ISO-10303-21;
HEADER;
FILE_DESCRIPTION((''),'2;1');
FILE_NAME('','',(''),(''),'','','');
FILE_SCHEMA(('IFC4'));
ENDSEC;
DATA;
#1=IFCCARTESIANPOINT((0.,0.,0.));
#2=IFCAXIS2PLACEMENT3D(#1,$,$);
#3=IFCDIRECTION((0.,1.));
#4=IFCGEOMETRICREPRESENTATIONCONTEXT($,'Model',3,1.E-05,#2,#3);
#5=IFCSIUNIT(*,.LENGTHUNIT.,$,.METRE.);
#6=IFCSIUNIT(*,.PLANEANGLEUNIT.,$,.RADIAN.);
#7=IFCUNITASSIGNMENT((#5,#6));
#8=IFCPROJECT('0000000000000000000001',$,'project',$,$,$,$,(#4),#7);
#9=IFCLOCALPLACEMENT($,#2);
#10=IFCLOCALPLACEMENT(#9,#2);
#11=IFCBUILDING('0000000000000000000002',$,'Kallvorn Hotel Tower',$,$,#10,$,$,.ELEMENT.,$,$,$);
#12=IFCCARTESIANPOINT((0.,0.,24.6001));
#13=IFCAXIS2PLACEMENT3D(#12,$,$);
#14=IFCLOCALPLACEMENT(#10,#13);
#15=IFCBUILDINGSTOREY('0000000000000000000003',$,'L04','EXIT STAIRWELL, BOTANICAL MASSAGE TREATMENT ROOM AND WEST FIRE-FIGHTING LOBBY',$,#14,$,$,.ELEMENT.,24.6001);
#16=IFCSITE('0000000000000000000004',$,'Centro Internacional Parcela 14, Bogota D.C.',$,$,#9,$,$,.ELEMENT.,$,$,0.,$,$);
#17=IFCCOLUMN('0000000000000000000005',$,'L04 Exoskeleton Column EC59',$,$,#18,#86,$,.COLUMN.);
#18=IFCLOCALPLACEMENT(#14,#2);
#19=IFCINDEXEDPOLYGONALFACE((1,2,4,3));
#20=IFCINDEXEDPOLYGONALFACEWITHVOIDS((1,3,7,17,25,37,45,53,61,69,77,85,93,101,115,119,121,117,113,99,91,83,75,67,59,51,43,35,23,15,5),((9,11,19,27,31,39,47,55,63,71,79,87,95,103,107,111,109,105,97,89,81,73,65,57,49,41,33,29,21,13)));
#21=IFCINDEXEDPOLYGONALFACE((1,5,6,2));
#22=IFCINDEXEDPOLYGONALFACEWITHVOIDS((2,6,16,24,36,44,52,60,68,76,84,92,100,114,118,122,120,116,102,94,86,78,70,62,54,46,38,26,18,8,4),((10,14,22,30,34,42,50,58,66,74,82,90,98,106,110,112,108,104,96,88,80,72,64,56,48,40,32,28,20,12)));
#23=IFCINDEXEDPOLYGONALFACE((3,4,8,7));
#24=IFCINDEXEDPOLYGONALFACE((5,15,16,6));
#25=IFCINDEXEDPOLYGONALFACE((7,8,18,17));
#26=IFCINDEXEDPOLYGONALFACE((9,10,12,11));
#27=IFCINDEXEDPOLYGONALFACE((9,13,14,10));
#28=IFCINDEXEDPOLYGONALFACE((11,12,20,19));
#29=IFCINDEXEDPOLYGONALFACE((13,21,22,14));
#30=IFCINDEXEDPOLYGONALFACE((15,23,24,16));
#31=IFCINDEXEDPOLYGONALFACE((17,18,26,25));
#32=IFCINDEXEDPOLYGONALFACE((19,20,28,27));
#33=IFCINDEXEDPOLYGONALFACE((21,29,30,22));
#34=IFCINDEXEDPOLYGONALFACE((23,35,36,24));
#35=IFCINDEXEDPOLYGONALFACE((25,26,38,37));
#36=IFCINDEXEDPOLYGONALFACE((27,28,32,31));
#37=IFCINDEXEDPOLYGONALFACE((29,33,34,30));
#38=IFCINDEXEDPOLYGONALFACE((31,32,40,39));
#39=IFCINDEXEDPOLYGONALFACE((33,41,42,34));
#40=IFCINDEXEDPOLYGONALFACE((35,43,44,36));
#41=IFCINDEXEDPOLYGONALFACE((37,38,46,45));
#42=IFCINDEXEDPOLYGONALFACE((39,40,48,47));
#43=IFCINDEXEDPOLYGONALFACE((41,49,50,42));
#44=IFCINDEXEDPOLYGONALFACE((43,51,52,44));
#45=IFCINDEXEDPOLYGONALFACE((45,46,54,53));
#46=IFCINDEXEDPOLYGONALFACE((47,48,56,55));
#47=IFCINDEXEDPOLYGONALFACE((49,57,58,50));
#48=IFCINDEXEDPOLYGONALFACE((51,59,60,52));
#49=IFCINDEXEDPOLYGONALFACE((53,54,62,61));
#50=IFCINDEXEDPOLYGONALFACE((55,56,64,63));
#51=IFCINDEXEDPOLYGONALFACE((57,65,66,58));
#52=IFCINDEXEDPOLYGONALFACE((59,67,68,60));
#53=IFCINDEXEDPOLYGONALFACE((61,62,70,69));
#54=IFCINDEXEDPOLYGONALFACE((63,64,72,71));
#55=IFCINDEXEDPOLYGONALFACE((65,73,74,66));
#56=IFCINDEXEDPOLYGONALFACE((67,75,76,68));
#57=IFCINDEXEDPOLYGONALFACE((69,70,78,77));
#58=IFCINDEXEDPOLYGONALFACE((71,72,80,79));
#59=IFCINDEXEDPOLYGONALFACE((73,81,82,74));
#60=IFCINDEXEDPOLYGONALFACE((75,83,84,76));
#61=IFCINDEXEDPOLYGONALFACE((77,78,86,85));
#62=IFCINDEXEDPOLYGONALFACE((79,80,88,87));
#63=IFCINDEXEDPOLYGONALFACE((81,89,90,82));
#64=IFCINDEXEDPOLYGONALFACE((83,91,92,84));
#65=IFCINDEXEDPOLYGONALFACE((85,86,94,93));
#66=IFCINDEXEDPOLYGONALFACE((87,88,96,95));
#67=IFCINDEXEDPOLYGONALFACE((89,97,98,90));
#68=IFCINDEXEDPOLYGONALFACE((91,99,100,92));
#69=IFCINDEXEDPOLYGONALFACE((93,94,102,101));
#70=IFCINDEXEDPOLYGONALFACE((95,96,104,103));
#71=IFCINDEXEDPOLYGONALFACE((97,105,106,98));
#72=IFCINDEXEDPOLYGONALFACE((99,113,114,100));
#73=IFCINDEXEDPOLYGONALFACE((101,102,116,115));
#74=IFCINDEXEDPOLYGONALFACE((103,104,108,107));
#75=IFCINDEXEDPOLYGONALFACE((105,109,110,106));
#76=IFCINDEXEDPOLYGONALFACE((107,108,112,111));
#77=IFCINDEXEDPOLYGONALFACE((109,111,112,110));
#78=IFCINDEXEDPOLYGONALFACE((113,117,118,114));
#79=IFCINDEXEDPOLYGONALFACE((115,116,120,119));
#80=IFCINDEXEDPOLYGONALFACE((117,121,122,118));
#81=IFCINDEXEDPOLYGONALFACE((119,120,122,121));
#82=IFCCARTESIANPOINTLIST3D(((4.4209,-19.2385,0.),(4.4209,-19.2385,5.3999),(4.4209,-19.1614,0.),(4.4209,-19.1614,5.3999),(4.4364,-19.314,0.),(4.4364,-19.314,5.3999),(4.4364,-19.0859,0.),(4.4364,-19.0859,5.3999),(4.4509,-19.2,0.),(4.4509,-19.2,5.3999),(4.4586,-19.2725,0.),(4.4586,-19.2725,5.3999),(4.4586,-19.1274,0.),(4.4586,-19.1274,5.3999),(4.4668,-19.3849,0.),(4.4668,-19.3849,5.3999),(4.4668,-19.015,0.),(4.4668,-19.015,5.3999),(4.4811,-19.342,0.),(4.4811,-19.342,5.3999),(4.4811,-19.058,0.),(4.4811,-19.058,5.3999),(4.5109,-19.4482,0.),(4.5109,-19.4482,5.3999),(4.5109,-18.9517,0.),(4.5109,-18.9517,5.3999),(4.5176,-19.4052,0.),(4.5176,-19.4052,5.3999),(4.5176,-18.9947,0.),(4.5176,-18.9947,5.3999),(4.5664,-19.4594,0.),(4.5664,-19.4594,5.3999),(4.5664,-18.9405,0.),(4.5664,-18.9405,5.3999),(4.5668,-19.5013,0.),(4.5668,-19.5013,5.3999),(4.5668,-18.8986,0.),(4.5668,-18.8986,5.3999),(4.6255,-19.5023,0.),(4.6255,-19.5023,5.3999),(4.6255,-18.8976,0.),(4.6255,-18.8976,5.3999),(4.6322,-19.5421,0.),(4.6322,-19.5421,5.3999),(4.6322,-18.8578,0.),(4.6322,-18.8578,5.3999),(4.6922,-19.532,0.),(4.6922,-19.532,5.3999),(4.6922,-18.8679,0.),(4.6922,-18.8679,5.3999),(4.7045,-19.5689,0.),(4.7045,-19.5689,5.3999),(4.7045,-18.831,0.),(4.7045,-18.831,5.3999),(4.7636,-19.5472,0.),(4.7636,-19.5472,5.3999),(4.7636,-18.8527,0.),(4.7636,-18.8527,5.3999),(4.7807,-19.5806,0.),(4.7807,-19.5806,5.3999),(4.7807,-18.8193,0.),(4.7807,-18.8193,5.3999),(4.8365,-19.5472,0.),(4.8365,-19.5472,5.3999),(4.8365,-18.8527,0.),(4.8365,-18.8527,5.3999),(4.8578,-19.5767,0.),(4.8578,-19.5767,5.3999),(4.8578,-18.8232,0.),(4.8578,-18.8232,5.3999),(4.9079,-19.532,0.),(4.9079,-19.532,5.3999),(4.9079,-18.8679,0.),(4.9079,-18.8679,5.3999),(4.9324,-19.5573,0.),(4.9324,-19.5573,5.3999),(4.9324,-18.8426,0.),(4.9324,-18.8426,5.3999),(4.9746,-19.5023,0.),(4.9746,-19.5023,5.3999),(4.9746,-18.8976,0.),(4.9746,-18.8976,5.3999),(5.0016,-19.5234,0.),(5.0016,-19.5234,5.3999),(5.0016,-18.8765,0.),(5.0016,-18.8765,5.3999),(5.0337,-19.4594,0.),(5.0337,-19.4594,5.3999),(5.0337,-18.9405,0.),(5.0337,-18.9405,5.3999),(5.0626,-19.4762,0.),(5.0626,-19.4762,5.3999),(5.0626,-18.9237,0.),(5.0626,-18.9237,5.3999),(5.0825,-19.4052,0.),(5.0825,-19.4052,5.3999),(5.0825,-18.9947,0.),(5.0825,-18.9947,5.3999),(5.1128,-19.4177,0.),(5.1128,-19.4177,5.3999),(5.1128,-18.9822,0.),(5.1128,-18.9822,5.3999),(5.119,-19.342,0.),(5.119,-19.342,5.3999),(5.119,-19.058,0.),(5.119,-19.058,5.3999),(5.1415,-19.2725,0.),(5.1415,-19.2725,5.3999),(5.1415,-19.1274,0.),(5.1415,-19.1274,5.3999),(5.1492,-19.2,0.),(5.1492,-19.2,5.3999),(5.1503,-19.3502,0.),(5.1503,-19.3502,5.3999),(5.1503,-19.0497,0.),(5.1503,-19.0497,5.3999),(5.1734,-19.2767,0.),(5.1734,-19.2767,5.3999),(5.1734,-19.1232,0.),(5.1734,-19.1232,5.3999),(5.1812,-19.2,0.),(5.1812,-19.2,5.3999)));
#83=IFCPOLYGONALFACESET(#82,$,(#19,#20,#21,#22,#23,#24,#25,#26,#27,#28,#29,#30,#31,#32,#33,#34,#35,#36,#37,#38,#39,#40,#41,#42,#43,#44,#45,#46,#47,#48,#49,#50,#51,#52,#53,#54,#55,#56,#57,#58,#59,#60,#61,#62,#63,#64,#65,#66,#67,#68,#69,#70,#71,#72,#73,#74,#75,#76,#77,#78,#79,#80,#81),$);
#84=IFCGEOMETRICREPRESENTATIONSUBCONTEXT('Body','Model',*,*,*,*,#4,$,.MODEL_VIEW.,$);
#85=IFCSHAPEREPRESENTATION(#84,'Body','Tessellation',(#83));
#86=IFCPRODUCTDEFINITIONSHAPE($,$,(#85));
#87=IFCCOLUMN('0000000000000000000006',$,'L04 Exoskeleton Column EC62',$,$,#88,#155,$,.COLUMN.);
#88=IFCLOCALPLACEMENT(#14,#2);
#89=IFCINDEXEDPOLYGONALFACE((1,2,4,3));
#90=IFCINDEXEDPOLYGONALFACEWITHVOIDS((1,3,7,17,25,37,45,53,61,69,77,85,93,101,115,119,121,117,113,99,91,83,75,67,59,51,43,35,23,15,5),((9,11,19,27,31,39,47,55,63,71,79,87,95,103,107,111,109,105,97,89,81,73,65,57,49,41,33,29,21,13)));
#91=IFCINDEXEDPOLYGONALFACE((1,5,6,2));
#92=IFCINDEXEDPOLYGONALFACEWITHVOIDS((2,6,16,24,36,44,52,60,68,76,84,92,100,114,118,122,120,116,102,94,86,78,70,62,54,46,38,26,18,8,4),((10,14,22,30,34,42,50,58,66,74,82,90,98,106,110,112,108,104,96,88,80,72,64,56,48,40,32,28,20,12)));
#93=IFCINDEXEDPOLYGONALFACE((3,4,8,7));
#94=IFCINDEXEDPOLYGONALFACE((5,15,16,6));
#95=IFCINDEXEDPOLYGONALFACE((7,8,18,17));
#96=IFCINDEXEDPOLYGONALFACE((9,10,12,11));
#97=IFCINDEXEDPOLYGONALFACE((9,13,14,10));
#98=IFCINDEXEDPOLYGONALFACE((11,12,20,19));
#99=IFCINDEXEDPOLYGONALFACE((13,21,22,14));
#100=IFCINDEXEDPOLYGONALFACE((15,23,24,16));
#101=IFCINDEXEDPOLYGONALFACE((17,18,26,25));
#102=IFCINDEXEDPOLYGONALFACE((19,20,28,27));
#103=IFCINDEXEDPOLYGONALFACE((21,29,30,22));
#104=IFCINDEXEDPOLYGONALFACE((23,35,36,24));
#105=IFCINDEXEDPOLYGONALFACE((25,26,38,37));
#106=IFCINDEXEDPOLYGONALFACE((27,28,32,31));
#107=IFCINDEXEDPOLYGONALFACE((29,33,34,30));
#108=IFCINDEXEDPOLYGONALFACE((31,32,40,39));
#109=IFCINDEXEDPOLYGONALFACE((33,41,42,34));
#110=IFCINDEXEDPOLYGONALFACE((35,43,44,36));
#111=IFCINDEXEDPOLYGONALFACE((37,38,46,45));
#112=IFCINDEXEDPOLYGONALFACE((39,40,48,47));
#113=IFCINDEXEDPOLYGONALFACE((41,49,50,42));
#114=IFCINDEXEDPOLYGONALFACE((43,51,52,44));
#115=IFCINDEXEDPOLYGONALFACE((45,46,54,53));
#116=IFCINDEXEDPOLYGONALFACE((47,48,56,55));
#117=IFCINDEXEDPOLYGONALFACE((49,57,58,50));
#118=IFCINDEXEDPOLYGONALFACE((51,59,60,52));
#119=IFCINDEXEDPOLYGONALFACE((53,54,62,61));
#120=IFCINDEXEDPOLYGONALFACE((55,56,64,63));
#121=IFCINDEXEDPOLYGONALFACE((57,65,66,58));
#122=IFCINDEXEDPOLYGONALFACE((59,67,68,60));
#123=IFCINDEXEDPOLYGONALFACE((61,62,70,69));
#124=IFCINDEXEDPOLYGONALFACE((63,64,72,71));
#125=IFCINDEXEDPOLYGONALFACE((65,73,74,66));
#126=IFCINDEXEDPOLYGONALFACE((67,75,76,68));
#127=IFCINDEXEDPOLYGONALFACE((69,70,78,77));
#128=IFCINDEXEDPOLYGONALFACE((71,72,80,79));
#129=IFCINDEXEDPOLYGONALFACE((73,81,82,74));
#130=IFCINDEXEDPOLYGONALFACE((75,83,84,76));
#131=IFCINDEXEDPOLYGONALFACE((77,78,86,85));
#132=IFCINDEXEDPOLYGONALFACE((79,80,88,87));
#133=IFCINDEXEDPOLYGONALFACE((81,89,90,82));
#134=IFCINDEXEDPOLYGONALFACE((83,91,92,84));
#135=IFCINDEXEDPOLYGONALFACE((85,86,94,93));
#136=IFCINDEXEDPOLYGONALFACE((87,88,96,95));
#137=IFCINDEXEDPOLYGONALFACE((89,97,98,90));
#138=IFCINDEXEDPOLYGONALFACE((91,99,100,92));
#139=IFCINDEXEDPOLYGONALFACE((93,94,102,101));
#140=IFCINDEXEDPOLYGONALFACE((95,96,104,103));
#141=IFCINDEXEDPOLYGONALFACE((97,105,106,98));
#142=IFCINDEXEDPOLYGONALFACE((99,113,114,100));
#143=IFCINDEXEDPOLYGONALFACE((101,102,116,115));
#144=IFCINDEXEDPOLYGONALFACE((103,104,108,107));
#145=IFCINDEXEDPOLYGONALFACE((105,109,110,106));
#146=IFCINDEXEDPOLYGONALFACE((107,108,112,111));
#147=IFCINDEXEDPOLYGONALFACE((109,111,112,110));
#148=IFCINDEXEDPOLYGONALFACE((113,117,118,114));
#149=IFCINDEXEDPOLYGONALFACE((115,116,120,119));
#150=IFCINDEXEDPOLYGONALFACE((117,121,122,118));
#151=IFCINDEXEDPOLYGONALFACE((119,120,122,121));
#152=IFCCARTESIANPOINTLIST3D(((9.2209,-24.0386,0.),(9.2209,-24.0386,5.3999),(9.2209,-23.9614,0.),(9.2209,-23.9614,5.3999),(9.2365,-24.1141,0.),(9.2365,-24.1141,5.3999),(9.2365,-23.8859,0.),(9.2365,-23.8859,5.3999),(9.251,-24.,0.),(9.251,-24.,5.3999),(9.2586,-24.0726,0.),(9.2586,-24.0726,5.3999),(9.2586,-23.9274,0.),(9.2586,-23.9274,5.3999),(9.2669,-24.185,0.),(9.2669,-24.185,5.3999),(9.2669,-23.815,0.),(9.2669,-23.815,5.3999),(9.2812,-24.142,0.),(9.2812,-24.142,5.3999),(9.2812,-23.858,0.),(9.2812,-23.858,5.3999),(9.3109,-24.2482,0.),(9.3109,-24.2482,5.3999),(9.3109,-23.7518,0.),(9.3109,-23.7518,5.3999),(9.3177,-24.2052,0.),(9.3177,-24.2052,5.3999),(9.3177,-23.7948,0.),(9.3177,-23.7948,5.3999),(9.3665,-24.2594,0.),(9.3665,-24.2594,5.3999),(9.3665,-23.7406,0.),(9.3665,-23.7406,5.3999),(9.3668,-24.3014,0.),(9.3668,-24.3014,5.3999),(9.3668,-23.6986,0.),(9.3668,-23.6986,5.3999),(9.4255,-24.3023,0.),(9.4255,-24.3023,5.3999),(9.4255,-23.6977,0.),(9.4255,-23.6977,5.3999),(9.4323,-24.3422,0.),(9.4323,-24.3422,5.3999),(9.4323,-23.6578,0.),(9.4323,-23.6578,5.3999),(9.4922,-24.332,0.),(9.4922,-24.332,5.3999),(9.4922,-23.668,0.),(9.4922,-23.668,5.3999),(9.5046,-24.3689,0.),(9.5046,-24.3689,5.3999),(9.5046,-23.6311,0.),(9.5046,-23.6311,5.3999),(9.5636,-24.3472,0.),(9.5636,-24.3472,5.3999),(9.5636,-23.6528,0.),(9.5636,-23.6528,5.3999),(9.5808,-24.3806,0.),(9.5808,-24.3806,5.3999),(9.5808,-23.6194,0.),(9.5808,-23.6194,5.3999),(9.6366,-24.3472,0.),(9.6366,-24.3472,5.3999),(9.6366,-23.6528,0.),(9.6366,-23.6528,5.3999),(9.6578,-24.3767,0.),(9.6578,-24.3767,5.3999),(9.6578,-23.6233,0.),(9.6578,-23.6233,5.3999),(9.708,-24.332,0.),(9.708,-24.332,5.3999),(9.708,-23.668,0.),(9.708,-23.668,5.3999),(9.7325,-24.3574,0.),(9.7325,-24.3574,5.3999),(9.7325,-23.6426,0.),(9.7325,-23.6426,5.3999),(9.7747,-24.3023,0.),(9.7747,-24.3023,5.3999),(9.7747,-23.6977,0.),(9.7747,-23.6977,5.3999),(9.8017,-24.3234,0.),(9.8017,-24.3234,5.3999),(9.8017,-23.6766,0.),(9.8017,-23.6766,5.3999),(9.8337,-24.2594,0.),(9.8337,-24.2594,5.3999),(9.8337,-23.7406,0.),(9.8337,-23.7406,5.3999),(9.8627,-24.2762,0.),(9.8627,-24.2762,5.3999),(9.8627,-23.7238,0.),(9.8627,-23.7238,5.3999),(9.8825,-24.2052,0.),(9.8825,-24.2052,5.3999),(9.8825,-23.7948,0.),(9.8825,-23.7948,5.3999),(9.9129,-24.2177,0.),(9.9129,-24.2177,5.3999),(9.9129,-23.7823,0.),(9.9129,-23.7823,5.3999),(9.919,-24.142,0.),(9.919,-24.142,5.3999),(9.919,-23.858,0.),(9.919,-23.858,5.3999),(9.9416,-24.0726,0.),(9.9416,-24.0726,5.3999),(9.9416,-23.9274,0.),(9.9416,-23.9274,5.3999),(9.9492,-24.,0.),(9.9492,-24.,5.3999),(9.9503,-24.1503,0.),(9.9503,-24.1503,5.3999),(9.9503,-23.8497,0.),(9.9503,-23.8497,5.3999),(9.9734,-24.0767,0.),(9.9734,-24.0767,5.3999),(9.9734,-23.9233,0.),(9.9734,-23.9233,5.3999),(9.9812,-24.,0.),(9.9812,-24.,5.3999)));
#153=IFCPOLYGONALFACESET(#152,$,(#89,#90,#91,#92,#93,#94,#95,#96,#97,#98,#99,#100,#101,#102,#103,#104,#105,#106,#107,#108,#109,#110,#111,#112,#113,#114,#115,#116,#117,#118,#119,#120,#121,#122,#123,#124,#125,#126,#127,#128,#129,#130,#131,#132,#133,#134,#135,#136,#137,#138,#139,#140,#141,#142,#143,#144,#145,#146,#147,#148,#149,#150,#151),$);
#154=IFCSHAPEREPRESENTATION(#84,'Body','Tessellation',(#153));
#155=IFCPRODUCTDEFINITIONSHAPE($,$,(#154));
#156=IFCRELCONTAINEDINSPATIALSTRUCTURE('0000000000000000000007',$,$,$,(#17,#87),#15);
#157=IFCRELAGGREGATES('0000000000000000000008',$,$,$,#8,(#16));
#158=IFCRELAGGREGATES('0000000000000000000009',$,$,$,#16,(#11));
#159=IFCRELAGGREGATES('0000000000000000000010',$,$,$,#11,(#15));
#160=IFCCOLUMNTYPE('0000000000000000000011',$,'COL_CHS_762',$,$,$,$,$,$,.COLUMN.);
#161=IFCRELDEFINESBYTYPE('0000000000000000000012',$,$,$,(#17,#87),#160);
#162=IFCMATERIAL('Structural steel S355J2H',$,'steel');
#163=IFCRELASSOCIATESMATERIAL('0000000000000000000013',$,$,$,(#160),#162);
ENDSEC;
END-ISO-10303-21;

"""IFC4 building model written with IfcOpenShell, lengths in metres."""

from ifc_helpers import new_model, si_unit, direction, frame, origin, origin_2d, place, context, subcontext, project, spatial, hollow_circle, extrude, material, material_profile, profile_set, type_object, element, save


model = new_model("IFC4")

# Units and contexts
model_context = context("Model", 3, precision=1e-05, world=origin(), true_north=direction((0.0, 1.0)))
body_context = subcontext(model_context, "Body", "Model", "MODEL_VIEW")
ifc_project = project(units=[si_unit("LENGTHUNIT", "METRE"), si_unit("PLANEANGLEUNIT", "RADIAN")], contexts=[model_context])

# Site, building, storey
site_placement = place(None, origin())
site = spatial("IfcSite", under=ifc_project, at=site_placement, Name="Centro Internacional Parcela 14, Bogota D.C.", CompositionType="ELEMENT", RefElevation=0.0)
building_placement = place(site_placement, origin())
building = spatial("IfcBuilding", under=site, at=building_placement, Name="Kallvorn Hotel Tower", CompositionType="ELEMENT")
storey_placement = place(building_placement, frame((0.0, 0.0, 24.6001)))
storey = spatial("IfcBuildingStorey", under=building, at=storey_placement, Name="L04", Description="EXIT STAIRWELL, BOTANICAL MASSAGE TREATMENT ROOM AND WEST FIRE-FIGHTING LOBBY", CompositionType="ELEMENT", Elevation=24.6001)

# Columns
ifc_material_1 = material(Name="Structural steel S355J2H", Category="steel")
ifc_material_profile_1 = material_profile(ifc_material_1, hollow_circle(Radius=0.3811, WallThickness=0.032, at=origin_2d()), Name="CHS 762x32")
ifc_profile_set_1 = profile_set([ifc_material_profile_1], Name="Structural steel S355J2H")
column_type_1 = type_object("IfcColumnType", Name="COL_CHS_762", PredefinedType="COLUMN", material=ifc_profile_set_1)
for number, where, z_axis, x_axis, name in (
    (1, (4.8, -19.2, 0.0), (0.0, 0.0, 1.0), (1.0, 0.0, 0.0), "L04 Exoskeleton Column EC59"),
    (2, (9.6001, -24.0, 0.0), (0.0, 0.0, 1.0), (1.0, 0.0, 0.0), "L04 Exoskeleton Column EC62"),
):
    element("IfcColumn", number, at=place(storey_placement, frame(where, z_axis=z_axis, x_axis=x_axis)), inside=storey, type_object=column_type_1, Name=name, PredefinedType="COLUMN", context=body_context, shape_type="SweptSolid", body=[
        extrude(hollow_circle(Radius=0.3811, WallThickness=0.032, at=origin_2d()), origin(), (0.0, 0.0, 1.0), 5.3999),
    ])

save(model, "model.ifc")
